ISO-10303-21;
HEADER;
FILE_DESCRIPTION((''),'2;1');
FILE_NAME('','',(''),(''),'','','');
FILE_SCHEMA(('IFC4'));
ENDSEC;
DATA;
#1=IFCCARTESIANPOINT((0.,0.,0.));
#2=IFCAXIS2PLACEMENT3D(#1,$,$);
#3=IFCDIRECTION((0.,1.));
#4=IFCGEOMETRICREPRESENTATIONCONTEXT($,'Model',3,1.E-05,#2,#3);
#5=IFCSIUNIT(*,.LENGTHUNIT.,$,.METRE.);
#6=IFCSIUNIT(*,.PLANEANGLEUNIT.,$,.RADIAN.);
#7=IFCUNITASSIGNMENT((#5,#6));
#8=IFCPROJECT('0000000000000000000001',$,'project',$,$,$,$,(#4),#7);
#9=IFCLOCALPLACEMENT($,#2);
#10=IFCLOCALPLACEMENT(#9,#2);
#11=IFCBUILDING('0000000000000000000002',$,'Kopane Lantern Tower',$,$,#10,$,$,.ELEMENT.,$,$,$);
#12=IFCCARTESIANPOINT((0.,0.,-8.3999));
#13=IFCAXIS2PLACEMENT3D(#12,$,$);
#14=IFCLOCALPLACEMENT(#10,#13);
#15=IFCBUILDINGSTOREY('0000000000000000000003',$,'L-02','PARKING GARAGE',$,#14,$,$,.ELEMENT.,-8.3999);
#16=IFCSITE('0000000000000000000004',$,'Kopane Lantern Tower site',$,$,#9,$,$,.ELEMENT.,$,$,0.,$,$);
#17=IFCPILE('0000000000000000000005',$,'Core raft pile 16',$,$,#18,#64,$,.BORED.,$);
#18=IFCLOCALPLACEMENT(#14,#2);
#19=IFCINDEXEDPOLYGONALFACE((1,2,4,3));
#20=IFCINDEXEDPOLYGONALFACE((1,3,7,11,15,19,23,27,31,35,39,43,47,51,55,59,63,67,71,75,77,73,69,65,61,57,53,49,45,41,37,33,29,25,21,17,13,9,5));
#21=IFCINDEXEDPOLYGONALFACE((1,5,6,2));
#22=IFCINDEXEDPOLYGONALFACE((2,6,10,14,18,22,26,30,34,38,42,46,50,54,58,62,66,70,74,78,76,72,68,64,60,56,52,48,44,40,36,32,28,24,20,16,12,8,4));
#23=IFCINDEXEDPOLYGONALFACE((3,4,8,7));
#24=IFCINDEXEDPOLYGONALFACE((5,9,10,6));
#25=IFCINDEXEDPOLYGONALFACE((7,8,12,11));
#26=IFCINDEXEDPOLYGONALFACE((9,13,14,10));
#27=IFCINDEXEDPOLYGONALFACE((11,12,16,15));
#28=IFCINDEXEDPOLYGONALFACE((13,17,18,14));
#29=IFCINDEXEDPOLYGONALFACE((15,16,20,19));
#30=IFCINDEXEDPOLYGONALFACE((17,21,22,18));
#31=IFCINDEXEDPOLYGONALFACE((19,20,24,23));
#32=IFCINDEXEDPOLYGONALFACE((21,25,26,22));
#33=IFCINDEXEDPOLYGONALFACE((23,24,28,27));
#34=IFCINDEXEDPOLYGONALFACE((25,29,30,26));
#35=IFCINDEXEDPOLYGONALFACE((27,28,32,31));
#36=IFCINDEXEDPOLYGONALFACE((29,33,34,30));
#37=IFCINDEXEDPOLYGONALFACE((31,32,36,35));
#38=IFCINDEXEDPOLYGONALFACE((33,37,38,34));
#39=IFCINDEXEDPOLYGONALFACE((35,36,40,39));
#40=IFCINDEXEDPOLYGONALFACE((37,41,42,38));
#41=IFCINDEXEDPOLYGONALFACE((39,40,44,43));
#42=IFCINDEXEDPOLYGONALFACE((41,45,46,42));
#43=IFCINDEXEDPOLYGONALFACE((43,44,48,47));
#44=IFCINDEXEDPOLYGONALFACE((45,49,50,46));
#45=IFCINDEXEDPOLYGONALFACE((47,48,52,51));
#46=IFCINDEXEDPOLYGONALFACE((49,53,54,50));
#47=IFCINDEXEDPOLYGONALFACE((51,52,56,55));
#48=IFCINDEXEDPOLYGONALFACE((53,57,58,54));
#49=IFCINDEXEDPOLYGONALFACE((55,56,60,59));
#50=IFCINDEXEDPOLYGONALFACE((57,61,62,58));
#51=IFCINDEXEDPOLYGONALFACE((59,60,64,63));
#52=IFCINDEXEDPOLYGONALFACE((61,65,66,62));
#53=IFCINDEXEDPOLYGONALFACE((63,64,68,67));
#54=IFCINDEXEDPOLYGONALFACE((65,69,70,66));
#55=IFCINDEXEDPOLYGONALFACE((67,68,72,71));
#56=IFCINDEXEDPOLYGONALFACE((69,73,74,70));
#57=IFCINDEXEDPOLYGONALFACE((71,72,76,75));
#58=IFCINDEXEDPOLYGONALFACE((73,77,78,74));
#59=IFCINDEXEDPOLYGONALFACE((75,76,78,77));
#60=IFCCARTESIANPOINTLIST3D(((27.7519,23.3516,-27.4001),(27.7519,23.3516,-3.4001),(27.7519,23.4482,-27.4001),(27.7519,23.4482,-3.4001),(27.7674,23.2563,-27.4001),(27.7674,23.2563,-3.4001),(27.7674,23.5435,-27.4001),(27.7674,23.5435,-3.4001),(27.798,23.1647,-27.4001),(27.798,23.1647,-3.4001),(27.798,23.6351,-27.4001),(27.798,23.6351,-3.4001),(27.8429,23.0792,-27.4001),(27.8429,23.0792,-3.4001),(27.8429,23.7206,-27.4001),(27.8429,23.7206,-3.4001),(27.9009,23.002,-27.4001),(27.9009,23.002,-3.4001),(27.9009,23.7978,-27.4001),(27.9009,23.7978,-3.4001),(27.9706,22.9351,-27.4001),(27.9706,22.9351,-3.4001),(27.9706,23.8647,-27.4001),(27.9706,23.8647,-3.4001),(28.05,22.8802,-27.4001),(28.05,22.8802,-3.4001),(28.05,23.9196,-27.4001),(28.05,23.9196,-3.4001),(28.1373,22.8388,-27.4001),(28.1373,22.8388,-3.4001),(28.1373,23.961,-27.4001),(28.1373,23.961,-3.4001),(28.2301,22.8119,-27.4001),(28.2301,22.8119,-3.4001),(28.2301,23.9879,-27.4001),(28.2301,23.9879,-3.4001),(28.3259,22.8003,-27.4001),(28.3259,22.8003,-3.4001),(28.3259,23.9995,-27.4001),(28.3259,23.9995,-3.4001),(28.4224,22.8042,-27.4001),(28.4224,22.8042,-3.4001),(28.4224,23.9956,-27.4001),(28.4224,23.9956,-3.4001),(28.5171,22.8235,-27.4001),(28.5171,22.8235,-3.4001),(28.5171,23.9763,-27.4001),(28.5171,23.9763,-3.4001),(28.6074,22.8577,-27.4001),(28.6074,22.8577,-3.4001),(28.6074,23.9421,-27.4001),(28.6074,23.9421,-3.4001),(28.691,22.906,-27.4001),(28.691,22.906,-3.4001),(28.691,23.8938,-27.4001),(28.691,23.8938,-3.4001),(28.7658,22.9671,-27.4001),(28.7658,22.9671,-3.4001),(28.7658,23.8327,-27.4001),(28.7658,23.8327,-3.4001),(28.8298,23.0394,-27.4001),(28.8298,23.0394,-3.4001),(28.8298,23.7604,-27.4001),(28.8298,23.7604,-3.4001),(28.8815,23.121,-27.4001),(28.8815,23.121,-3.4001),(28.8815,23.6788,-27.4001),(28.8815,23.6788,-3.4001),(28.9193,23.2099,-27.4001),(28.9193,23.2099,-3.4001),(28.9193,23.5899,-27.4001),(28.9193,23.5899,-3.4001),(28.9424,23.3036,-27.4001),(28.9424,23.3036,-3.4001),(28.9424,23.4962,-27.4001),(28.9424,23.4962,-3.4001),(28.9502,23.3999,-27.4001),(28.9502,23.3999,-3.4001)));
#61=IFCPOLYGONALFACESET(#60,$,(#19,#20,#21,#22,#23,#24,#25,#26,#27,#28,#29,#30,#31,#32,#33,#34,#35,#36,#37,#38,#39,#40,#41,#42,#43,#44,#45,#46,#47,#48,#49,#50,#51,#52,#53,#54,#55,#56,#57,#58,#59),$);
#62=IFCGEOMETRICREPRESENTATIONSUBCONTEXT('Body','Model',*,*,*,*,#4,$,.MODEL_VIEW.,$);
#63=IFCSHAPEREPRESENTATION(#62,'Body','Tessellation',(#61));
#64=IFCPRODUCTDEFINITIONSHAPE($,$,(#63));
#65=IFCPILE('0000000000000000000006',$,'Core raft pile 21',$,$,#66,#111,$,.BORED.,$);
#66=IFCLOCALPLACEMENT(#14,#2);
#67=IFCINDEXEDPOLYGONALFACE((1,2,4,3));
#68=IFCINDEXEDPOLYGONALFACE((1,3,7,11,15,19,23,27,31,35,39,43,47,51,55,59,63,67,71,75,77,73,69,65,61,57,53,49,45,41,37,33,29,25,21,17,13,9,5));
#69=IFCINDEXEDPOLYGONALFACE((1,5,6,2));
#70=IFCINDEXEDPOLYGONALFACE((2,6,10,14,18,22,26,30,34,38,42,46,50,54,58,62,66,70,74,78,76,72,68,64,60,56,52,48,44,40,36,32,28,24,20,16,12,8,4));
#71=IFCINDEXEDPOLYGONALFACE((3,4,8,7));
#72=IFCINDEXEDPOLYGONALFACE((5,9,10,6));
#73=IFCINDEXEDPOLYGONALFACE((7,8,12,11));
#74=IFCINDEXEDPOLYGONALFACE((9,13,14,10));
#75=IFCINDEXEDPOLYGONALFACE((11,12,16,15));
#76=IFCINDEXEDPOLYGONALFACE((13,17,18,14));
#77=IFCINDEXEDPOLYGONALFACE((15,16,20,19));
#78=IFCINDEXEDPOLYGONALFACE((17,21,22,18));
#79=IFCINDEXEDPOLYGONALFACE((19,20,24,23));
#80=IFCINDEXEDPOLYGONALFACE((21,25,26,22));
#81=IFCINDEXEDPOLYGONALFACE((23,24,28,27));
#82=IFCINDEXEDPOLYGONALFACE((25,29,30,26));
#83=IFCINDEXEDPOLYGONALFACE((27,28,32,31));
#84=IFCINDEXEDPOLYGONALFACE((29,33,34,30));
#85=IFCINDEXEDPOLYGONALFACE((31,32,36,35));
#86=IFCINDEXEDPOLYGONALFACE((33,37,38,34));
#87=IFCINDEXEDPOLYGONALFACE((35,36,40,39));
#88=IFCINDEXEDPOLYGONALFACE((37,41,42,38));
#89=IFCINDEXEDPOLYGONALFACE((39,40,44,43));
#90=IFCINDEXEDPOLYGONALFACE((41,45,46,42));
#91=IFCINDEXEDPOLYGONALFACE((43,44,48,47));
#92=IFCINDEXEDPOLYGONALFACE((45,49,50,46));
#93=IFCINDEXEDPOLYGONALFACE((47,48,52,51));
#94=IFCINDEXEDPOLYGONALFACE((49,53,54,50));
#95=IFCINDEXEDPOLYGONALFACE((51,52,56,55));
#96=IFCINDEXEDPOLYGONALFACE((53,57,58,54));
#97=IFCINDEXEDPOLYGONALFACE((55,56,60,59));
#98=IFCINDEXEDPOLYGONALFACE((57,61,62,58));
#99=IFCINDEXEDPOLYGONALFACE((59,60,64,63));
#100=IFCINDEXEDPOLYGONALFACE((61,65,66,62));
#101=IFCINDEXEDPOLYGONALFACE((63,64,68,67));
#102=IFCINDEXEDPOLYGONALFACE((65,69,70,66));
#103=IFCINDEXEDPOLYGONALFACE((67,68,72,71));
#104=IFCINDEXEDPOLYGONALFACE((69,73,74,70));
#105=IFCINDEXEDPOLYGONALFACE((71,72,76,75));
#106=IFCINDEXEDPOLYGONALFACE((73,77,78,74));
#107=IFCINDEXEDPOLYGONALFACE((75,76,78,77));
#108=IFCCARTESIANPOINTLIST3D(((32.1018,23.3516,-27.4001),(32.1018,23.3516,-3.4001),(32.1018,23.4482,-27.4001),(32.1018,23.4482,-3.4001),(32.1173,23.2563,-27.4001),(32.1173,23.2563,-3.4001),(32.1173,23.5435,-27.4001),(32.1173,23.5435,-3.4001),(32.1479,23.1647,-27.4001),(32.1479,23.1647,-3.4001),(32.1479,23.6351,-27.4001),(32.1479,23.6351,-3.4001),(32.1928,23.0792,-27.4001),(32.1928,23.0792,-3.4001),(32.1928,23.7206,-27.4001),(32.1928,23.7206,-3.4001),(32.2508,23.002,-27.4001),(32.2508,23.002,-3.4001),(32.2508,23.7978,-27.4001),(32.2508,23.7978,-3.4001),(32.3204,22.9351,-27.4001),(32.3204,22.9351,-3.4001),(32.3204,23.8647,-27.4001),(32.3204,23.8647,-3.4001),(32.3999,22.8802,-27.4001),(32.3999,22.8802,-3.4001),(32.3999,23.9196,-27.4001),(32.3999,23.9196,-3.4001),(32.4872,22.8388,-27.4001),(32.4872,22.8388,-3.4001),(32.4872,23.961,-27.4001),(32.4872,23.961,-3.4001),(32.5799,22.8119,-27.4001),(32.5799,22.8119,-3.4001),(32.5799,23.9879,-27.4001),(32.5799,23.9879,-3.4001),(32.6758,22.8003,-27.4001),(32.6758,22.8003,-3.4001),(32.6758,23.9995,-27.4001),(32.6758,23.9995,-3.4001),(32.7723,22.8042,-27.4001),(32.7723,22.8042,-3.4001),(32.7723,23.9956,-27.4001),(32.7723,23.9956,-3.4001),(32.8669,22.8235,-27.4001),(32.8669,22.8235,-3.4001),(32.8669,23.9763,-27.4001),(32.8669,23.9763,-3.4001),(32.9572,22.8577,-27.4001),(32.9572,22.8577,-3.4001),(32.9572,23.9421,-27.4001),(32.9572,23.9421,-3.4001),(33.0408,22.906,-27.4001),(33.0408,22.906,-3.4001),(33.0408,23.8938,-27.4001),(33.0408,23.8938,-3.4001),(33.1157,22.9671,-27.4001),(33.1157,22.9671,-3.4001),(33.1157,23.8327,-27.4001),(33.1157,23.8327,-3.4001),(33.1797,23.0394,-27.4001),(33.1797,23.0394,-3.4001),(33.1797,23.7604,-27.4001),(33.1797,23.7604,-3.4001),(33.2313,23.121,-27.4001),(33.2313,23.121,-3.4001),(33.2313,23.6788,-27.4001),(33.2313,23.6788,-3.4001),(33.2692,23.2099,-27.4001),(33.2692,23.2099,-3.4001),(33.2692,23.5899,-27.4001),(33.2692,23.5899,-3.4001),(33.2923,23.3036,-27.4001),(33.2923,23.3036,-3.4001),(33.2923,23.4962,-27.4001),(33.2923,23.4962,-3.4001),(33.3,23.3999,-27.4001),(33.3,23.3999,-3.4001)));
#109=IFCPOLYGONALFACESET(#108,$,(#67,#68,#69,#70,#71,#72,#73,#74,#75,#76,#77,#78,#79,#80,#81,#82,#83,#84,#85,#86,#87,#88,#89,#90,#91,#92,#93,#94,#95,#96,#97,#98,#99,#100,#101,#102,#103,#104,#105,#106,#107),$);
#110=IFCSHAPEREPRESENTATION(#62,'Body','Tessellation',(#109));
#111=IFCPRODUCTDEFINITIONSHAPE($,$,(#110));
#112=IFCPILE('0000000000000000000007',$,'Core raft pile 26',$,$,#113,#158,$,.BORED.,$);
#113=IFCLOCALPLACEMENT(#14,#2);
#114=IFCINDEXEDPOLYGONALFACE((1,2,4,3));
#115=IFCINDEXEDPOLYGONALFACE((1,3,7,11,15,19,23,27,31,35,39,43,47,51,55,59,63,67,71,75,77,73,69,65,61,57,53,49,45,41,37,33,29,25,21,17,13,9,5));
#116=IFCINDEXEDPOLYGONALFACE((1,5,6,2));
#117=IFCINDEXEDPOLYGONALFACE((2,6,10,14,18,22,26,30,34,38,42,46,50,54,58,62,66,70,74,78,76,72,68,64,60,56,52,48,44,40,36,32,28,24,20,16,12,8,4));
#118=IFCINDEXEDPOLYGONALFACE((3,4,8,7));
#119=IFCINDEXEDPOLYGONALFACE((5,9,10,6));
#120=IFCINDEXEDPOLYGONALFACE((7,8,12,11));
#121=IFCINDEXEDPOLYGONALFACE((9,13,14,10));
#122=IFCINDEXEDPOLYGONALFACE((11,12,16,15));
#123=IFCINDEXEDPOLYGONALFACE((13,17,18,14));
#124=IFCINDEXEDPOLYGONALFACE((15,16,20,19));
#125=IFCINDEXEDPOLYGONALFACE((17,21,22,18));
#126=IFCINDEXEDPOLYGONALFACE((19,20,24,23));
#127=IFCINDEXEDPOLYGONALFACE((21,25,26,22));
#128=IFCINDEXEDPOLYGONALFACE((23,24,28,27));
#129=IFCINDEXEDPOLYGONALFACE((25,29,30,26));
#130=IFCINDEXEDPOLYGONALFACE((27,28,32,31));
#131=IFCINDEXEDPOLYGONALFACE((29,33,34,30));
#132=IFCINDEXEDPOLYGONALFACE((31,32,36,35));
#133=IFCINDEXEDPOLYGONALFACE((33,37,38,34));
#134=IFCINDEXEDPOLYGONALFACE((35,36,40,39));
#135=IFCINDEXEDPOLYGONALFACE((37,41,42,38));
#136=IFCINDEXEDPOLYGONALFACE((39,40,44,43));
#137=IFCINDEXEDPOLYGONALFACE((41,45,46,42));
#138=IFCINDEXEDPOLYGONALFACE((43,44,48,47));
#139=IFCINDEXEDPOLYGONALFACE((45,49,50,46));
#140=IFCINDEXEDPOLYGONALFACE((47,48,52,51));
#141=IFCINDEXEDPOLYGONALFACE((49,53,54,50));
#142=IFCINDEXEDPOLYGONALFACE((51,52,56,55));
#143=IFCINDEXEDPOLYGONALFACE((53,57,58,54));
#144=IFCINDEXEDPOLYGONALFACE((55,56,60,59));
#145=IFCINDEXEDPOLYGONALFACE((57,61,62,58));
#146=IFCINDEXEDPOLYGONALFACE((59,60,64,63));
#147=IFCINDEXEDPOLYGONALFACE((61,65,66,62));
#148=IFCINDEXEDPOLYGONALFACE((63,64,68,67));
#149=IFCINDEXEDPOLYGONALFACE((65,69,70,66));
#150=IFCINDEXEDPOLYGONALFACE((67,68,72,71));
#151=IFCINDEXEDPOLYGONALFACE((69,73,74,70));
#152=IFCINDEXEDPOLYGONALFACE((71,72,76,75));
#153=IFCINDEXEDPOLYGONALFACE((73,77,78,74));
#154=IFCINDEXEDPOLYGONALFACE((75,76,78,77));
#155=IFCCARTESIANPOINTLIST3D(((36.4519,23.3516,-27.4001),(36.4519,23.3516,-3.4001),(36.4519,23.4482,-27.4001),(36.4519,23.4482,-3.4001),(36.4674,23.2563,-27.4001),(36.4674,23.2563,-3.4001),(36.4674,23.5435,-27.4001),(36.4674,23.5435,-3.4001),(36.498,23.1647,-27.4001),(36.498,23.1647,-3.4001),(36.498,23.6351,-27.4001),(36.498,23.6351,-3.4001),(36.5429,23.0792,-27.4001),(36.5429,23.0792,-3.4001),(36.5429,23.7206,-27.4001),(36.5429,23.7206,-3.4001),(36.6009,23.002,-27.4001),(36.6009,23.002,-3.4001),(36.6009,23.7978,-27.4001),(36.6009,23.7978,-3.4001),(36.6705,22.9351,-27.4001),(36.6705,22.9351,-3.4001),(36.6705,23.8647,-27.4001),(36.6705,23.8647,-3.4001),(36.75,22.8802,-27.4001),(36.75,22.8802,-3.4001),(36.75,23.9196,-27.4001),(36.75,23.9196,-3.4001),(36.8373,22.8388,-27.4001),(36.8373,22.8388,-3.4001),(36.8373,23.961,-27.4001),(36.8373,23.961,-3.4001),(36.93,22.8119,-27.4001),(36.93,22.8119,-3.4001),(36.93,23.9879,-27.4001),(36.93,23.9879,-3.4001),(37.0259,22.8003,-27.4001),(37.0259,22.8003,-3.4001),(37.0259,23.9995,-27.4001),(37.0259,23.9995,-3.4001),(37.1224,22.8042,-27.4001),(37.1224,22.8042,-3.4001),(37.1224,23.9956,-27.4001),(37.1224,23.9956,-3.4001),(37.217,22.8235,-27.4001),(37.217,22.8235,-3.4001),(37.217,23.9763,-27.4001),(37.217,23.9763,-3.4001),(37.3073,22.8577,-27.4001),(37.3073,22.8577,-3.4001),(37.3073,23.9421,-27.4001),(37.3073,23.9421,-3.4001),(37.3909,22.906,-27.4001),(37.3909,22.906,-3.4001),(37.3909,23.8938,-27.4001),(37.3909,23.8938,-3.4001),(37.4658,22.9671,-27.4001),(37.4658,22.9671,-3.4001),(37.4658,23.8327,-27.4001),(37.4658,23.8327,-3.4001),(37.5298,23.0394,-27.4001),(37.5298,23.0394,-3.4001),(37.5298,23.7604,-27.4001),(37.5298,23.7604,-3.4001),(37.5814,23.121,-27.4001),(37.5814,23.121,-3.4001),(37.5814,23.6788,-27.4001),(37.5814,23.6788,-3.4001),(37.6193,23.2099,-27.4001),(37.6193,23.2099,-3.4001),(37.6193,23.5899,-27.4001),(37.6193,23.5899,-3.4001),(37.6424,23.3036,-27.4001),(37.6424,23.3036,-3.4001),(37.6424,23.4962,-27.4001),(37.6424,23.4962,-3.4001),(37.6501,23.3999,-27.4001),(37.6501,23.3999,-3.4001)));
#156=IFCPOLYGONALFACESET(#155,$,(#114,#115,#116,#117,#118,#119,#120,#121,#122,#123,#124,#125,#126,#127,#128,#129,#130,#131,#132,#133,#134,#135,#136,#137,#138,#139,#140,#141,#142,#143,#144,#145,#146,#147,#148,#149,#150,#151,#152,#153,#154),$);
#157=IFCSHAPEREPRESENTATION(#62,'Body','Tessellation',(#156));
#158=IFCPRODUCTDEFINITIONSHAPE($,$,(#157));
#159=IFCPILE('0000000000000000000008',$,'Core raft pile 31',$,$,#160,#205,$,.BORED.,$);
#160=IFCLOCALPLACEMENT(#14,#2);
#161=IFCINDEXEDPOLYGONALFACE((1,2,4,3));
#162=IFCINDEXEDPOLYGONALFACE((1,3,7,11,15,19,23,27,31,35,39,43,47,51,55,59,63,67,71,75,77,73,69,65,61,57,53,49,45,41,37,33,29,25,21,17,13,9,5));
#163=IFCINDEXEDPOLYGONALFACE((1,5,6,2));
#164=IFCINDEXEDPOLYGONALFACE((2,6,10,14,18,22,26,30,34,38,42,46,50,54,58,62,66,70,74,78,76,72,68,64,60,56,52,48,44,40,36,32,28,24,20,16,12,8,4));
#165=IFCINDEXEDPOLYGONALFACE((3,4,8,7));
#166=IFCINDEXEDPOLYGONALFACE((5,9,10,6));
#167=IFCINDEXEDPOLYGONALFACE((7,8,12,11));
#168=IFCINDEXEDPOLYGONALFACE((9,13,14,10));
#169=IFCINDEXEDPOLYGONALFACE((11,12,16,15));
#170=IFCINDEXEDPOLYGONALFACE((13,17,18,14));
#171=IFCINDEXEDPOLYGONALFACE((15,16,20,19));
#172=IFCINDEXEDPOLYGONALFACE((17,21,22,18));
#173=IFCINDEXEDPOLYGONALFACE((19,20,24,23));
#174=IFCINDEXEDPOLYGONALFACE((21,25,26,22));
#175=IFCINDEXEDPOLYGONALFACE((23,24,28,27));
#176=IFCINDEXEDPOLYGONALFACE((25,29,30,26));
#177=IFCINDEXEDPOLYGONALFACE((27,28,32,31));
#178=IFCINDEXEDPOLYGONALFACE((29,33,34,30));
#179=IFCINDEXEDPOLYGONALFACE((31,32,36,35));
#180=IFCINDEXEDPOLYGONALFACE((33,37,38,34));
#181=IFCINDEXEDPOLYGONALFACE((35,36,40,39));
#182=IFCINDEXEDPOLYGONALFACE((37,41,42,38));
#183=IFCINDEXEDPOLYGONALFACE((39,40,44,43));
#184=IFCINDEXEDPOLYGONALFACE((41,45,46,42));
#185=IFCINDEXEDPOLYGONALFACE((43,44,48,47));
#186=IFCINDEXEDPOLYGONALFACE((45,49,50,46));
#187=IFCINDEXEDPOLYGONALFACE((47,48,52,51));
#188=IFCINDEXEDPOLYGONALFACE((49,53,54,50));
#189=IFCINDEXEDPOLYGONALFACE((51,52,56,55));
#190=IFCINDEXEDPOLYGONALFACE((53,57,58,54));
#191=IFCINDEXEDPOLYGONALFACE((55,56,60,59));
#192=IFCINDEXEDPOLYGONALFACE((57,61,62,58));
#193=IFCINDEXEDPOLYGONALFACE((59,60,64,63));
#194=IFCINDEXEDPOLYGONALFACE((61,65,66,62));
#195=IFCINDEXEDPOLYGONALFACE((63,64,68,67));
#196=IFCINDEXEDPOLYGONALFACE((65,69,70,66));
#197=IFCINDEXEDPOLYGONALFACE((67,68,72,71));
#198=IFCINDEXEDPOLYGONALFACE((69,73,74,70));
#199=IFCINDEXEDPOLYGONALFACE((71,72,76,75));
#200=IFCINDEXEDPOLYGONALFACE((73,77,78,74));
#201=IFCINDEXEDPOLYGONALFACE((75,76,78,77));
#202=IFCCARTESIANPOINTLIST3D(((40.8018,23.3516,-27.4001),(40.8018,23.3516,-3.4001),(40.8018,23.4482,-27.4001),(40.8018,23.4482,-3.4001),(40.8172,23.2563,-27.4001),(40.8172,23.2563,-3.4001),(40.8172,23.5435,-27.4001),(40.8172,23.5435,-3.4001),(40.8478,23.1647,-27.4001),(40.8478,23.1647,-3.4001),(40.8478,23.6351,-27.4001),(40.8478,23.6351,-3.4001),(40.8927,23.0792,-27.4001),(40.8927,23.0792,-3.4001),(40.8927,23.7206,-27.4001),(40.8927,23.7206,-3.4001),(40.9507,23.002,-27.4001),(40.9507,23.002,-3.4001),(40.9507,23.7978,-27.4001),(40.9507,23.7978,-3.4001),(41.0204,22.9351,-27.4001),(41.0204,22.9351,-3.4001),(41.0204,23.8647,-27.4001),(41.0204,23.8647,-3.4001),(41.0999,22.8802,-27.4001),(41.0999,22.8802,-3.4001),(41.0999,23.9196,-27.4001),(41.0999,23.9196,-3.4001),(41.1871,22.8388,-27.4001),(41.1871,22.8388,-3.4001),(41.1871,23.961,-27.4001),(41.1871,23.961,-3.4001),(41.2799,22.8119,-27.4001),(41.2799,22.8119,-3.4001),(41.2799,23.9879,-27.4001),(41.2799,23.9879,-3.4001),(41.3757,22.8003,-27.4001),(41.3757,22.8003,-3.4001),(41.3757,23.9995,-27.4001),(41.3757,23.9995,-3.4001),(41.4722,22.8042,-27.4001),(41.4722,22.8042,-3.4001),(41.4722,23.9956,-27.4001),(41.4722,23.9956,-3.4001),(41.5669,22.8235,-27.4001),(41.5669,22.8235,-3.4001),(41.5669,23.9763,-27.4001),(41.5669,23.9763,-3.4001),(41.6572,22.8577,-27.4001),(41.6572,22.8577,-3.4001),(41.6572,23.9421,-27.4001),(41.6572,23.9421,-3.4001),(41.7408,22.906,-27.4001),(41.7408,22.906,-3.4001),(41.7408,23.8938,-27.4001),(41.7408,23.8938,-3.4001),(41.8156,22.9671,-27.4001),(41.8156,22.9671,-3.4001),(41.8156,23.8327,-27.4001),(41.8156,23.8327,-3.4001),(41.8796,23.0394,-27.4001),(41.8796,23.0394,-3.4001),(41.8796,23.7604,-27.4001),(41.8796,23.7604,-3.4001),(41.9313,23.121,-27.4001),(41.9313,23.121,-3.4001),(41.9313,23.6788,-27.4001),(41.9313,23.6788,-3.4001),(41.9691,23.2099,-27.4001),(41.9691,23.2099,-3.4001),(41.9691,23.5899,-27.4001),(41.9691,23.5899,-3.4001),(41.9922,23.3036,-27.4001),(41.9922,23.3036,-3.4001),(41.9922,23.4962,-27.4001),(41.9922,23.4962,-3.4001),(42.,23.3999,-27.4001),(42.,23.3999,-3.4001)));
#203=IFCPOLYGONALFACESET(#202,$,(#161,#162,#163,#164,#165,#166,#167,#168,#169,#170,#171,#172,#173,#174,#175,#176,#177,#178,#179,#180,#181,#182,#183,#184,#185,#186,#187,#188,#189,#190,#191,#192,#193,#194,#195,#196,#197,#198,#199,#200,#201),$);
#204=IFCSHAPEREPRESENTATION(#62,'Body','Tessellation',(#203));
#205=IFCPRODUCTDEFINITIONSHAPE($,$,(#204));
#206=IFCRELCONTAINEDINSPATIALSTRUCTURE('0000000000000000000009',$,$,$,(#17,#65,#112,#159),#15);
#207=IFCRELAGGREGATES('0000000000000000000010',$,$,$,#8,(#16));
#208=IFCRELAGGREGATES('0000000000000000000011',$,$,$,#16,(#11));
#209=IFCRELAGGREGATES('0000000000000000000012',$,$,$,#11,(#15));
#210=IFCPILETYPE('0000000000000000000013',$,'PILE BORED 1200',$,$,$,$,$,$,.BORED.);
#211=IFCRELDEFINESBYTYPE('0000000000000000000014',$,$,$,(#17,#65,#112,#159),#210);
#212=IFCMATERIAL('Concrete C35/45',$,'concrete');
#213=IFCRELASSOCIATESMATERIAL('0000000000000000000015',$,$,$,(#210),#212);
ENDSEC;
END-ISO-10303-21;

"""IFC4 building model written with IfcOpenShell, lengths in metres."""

from ifc_helpers import new_model, si_unit, direction, frame, origin, origin_2d, place, context, subcontext, project, spatial, circle, extrude, material, material_profile, profile_set, type_object, element, save


model = new_model("IFC4")

# Units and contexts
model_context = context("Model", 3, precision=1e-05, world=origin(), true_north=direction((0.0, 1.0)))
body_context = subcontext(model_context, "Body", "Model", "MODEL_VIEW")
ifc_project = project(units=[si_unit("LENGTHUNIT", "METRE"), si_unit("PLANEANGLEUNIT", "RADIAN")], contexts=[model_context])

# Site, building, storey
site_placement = place(None, origin())
site = spatial("IfcSite", under=ifc_project, at=site_placement, Name="Kopane Lantern Tower site", CompositionType="ELEMENT", RefElevation=0.0)
building_placement = place(site_placement, origin())
building = spatial("IfcBuilding", under=site, at=building_placement, Name="Kopane Lantern Tower", CompositionType="ELEMENT")
storey_placement = place(building_placement, frame((0.0, 0.0, -8.3999)))
storey = spatial("IfcBuildingStorey", under=building, at=storey_placement, Name="L-02", Description="PARKING GARAGE", CompositionType="ELEMENT", Elevation=-8.3999)

# Piles
ifc_material_1 = material(Name="Concrete C35/45", Category="concrete")
ifc_material_profile_1 = material_profile(ifc_material_1, circle(Radius=0.6001, at=origin_2d()), Name="D1200")
ifc_profile_set_1 = profile_set([ifc_material_profile_1], Name="Concrete C35/45")
pile_type_1 = type_object("IfcPileType", Name="PILE BORED 1200", PredefinedType="BORED", material=ifc_profile_set_1)
for number, where, z_axis, x_axis, name in (
    (1, (28.3501, 23.3999, -3.4001), (0.0, 0.0, -1.0), (1.0, 0.0, 0.0), "Core raft pile 16"),
    (2, (32.7, 23.3999, -3.4001), (0.0, 0.0, -1.0), (1.0, 0.0, 0.0), "Core raft pile 21"),
    (3, (37.05, 23.3999, -3.4001), (0.0, 0.0, -1.0), (1.0, 0.0, 0.0), "Core raft pile 26"),
    (4, (41.3999, 23.3999, -3.4001), (0.0, 0.0, -1.0), (1.0, 0.0, 0.0), "Core raft pile 31"),
):
    element("IfcPile", number, at=place(storey_placement, frame(where, z_axis=z_axis, x_axis=x_axis)), inside=storey, type_object=pile_type_1, Name=name, PredefinedType="BORED", context=body_context, shape_type="SweptSolid", body=[
        extrude(circle(Radius=0.6001, at=origin_2d()), origin(), (0.0, 0.0, 1.0), 24.0),
    ])

save(model, "model.ifc")
